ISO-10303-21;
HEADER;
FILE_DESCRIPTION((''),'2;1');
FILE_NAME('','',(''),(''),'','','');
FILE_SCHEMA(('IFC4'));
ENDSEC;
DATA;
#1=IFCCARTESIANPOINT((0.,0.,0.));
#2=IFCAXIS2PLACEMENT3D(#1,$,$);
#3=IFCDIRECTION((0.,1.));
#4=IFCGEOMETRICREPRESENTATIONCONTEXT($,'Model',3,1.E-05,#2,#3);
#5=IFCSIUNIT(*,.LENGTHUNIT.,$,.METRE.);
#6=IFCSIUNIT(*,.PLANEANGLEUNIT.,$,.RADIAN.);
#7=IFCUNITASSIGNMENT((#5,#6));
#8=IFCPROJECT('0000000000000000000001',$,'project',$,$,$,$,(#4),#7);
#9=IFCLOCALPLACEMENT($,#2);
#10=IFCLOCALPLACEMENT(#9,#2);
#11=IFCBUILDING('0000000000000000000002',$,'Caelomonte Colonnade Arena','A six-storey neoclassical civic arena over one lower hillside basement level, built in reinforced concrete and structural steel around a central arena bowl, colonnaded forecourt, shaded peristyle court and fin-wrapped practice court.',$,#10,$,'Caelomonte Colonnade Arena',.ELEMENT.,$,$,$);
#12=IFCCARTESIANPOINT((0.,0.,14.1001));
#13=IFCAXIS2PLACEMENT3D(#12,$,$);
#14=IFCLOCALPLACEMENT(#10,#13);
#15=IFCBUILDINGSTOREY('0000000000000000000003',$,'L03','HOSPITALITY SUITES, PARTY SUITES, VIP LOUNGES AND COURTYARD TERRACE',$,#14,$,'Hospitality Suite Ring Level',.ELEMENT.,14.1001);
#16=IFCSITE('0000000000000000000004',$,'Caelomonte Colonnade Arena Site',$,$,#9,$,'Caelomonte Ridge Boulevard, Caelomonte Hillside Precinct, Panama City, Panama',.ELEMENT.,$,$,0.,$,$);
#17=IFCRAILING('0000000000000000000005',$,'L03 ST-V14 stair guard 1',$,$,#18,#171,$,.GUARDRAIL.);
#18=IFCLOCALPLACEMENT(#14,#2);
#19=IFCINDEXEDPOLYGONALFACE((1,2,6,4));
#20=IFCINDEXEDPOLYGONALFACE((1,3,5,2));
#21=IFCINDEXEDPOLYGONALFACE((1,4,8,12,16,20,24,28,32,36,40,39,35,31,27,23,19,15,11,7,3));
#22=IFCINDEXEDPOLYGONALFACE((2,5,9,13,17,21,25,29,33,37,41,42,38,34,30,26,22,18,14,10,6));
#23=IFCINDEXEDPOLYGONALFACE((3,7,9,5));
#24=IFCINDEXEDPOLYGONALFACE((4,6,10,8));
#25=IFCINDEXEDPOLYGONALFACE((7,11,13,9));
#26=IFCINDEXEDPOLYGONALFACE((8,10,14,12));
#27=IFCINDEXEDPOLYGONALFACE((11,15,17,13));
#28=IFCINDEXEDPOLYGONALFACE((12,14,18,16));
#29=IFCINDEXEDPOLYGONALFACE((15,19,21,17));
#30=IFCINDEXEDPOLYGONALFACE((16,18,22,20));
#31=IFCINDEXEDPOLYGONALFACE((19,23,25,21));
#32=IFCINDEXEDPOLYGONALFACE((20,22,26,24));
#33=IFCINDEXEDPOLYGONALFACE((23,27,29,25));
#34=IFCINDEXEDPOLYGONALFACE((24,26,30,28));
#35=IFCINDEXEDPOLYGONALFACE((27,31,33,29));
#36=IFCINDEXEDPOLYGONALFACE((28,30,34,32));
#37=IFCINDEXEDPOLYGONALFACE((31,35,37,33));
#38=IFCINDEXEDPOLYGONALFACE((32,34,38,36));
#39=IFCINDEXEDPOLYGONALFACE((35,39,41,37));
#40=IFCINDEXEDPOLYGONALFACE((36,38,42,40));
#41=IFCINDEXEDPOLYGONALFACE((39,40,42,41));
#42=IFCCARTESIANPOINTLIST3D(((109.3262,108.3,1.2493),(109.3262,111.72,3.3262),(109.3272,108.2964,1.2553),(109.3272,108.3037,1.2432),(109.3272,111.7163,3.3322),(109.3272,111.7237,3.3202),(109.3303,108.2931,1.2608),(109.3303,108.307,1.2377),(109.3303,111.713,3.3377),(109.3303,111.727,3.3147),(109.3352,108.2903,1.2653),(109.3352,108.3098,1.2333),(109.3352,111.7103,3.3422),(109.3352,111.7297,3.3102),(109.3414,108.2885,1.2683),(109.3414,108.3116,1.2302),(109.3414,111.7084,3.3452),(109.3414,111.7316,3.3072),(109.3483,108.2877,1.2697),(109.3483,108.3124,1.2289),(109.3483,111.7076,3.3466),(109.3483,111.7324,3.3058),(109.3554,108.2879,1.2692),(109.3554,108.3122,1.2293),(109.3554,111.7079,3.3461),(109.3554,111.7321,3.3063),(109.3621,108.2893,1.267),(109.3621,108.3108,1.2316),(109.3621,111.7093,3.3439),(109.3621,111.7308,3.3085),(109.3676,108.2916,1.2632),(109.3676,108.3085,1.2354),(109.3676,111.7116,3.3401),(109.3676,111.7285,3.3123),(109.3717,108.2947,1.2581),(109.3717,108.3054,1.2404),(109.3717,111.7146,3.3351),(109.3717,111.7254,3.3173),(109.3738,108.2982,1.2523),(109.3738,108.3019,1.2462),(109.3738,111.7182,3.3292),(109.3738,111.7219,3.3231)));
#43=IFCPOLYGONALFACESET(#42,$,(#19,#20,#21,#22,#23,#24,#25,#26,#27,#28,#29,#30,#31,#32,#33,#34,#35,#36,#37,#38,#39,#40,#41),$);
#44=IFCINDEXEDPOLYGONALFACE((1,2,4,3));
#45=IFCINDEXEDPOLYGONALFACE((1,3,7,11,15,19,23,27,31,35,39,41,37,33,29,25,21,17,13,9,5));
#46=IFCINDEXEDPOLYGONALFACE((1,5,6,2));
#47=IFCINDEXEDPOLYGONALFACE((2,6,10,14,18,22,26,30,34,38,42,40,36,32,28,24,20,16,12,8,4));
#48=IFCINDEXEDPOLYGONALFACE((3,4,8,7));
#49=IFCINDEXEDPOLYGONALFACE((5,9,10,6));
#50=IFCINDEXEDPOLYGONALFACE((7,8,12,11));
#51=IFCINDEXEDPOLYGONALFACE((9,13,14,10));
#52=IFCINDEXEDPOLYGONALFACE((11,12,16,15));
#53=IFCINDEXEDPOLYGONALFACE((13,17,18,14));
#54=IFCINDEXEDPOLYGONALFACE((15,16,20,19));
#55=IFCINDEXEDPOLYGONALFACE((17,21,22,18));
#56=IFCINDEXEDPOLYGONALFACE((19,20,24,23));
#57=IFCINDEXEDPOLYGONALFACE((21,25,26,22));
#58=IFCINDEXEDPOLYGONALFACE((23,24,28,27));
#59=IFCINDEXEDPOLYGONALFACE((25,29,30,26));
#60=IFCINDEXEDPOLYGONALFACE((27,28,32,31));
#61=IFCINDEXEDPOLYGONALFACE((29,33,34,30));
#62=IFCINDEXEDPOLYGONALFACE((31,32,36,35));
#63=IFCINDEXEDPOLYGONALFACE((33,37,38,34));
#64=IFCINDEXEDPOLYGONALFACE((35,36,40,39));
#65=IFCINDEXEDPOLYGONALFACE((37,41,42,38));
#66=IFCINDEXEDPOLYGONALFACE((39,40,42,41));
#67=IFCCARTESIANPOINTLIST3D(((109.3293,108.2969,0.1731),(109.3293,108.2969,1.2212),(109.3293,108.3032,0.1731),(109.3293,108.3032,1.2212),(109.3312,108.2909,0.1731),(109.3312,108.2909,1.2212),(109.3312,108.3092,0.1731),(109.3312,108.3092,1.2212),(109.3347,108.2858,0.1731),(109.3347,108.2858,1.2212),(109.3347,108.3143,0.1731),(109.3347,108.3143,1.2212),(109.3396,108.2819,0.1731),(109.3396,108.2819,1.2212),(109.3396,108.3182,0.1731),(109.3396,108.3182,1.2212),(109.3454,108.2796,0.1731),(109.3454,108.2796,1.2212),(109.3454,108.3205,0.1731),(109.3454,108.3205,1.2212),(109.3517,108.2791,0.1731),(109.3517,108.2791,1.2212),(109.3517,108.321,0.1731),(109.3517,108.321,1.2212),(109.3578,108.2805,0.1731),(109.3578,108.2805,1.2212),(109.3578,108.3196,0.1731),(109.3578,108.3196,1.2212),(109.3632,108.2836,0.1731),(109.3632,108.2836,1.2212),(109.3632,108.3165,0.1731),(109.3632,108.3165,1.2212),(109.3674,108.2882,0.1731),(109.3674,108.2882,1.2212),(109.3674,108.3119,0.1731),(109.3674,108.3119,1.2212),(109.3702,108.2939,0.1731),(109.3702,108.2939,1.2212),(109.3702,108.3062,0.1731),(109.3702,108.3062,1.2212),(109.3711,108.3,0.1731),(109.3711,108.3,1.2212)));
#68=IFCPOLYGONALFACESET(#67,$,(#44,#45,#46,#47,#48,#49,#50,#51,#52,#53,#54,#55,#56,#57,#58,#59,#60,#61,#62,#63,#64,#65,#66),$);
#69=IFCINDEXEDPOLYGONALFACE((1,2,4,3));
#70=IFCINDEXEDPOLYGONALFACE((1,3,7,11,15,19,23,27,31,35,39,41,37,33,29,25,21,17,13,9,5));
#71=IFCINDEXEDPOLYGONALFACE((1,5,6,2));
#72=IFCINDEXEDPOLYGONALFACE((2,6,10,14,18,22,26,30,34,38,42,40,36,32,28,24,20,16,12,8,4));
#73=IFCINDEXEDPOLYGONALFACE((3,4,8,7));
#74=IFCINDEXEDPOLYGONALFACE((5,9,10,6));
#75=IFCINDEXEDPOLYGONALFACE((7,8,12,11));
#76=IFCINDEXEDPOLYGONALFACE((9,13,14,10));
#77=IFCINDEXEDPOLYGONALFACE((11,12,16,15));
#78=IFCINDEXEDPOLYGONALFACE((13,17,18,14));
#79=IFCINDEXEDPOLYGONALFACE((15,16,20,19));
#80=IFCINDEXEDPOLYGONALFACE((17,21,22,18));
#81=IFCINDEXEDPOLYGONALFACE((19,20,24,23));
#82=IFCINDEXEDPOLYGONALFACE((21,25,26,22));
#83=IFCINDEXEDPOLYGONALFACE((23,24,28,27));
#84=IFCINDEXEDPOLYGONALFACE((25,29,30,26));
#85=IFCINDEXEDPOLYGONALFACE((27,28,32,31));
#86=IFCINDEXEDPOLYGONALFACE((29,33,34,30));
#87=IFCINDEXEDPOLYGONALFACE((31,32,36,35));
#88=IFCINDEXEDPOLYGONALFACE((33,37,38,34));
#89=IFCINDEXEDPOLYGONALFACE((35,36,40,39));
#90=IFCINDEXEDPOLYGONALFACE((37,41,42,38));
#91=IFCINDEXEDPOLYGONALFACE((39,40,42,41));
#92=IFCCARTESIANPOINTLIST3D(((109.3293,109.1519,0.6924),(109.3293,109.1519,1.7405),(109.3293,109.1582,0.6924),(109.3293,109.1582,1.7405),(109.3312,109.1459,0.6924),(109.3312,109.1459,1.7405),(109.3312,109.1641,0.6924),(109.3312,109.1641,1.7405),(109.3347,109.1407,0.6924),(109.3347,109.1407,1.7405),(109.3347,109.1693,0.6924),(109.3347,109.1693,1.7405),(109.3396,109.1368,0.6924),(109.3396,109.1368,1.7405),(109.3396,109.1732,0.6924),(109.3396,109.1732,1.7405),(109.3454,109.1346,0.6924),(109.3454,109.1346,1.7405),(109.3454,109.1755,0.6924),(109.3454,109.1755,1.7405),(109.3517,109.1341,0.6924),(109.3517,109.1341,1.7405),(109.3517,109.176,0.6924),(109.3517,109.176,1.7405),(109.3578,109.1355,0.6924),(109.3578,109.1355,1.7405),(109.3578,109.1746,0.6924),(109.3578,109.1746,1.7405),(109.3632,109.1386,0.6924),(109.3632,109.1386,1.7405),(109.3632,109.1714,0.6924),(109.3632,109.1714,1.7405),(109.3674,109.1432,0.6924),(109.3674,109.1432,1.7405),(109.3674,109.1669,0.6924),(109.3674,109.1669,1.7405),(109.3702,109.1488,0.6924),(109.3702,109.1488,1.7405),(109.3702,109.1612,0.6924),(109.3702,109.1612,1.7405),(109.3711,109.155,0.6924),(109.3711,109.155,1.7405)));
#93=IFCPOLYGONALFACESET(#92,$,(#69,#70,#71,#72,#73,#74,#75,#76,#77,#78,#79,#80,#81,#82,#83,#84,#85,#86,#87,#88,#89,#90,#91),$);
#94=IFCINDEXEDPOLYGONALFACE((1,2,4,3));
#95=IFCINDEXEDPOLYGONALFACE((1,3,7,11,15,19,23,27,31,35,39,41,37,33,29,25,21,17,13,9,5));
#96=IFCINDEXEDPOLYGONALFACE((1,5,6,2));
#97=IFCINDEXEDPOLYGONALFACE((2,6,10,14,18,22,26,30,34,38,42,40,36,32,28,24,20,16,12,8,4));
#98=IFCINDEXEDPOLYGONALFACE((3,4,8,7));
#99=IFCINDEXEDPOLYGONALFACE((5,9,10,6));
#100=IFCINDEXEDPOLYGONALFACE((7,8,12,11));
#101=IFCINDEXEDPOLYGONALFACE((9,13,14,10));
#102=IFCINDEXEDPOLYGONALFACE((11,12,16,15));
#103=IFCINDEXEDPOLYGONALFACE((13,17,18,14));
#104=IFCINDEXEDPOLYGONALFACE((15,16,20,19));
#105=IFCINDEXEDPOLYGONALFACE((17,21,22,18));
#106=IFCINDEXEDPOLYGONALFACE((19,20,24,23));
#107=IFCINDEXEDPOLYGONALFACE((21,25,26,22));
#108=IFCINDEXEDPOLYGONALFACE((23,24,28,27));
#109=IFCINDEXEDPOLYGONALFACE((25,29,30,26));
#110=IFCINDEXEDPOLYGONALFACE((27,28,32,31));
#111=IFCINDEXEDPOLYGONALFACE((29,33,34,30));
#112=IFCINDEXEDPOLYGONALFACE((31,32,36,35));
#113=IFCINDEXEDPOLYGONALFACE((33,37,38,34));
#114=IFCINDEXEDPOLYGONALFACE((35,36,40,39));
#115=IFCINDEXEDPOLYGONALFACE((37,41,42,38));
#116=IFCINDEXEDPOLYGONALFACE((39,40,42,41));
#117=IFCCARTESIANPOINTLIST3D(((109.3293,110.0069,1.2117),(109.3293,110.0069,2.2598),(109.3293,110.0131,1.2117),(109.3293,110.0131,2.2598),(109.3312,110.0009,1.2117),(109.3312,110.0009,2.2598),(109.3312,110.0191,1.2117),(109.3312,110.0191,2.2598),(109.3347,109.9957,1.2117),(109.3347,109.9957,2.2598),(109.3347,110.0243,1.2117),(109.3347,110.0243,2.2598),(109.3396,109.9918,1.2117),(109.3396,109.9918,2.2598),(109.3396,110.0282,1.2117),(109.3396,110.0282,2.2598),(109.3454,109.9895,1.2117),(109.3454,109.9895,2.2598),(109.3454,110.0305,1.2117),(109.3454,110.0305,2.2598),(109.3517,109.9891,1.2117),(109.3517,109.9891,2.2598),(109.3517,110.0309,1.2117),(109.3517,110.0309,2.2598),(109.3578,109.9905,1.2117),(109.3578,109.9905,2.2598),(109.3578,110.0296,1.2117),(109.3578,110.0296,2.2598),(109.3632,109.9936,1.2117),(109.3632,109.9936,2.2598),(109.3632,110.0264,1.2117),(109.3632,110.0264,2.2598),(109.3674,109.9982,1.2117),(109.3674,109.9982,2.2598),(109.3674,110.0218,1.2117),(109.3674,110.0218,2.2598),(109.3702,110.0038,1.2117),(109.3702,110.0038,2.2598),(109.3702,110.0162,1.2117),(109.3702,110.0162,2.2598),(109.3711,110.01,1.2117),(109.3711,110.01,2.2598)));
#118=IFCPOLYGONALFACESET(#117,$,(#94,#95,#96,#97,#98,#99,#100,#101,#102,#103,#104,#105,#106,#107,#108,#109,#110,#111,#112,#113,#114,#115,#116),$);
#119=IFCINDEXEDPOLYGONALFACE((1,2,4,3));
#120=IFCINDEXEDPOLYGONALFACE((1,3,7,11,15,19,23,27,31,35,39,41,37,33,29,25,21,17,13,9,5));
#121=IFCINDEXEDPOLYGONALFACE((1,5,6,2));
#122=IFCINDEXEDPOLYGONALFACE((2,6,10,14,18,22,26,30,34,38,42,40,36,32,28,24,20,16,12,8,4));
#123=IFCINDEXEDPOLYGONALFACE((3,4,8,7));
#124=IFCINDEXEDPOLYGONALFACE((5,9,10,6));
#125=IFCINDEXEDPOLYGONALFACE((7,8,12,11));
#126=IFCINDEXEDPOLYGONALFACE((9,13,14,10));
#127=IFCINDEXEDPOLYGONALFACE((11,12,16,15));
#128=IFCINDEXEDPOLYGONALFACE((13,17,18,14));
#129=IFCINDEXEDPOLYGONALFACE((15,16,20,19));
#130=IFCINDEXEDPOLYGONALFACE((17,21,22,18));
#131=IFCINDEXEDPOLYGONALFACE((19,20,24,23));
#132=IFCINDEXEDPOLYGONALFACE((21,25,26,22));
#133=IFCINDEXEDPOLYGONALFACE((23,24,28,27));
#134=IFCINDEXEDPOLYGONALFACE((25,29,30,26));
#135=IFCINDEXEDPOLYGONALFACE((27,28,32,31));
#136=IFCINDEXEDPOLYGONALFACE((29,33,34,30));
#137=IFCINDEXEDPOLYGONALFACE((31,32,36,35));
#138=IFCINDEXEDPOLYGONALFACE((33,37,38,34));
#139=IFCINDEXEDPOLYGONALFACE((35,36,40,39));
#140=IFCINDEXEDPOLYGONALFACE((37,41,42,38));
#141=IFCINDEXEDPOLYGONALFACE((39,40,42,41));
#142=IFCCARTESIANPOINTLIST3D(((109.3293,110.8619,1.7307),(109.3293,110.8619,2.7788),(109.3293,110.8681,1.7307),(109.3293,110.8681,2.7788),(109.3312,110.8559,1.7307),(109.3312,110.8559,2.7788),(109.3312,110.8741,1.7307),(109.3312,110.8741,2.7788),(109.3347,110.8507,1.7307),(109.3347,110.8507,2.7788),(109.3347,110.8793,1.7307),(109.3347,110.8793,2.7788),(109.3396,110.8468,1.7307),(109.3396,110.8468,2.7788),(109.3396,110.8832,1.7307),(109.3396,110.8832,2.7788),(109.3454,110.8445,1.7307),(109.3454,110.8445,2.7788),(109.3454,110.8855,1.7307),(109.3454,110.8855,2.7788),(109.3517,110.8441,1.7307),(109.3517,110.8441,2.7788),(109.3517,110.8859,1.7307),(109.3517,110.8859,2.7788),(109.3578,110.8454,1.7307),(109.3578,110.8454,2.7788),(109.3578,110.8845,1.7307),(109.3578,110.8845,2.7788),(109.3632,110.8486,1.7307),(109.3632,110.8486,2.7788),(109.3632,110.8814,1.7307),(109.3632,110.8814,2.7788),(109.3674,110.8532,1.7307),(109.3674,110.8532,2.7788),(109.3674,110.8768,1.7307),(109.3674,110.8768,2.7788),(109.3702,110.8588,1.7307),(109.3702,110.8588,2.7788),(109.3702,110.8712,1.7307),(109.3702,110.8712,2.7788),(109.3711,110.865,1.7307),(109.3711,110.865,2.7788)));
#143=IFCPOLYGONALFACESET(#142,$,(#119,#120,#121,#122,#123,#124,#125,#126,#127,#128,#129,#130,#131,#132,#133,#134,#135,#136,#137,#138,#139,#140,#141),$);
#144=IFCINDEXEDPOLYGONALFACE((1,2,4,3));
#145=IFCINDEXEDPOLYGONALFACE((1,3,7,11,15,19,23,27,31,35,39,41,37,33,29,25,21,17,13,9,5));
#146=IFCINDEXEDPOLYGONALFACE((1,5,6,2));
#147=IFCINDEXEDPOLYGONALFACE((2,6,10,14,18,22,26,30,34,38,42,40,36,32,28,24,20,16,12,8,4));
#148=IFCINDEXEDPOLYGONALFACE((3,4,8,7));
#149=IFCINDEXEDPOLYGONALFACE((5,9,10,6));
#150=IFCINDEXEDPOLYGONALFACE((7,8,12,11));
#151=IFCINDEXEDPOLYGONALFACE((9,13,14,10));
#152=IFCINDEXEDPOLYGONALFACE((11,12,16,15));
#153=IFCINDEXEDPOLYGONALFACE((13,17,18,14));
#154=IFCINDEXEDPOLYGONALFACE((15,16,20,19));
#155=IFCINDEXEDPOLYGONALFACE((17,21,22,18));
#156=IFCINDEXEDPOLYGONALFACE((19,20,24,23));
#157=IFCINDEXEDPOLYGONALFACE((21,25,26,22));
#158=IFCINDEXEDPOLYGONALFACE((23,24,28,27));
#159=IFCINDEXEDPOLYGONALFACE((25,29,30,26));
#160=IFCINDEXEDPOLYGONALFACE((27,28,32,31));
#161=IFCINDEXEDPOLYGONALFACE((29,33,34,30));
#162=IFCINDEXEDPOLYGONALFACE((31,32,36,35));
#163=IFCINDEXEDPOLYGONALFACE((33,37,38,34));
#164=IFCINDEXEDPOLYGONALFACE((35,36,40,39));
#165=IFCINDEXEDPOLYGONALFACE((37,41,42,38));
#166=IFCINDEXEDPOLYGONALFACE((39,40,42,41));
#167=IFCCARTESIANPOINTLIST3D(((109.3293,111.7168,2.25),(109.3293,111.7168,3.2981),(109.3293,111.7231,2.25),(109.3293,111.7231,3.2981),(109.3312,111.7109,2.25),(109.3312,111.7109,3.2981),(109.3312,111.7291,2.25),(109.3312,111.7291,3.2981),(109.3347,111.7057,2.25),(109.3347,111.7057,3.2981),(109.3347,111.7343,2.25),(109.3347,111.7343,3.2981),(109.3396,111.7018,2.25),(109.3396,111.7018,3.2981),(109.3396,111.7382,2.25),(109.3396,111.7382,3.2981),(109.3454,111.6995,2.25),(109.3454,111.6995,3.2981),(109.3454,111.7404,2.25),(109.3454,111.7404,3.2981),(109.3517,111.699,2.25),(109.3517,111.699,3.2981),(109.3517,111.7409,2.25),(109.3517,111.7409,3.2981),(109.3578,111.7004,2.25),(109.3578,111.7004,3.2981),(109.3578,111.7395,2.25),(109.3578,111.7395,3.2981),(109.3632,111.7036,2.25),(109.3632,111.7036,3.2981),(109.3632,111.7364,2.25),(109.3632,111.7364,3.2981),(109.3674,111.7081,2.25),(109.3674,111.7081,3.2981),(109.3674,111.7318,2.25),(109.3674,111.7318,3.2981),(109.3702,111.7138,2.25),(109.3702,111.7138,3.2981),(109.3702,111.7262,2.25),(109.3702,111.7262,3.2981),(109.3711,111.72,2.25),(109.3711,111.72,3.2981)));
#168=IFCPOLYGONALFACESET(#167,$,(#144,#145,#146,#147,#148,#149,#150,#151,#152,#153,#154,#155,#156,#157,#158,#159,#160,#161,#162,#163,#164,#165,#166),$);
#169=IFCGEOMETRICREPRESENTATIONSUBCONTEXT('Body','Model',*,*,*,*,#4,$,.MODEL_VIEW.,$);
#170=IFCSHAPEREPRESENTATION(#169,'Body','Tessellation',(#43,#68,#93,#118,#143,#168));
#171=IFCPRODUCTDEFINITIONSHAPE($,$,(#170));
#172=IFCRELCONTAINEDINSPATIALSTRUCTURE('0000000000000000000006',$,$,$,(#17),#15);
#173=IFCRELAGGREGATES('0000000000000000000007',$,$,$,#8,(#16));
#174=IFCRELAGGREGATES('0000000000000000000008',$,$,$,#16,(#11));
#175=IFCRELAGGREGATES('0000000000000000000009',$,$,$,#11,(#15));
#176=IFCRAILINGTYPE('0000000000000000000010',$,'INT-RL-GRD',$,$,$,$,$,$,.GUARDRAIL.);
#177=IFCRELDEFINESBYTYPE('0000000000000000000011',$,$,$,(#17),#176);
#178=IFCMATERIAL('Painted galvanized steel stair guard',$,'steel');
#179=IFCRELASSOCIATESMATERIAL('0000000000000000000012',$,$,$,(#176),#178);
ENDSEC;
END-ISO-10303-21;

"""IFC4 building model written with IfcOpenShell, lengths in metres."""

from ifc_helpers import new_model, si_unit, direction, frame, origin, origin_2d, place, context, subcontext, project, spatial, circle, extrude, material, type_object, element, save


model = new_model("IFC4")

# Units and contexts
model_context = context("Model", 3, precision=1e-05, world=origin(), true_north=direction((0.0, 1.0)))
body_context = subcontext(model_context, "Body", "Model", "MODEL_VIEW")
ifc_project = project(units=[si_unit("LENGTHUNIT", "METRE"), si_unit("PLANEANGLEUNIT", "RADIAN")], contexts=[model_context])

# Site, building, storey
site_placement = place(None, origin())
site = spatial("IfcSite", under=ifc_project, at=site_placement, Name="Caelomonte Colonnade Arena Site", LongName="Caelomonte Ridge Boulevard, Caelomonte Hillside Precinct, Panama City, Panama", CompositionType="ELEMENT", RefElevation=0.0)
building_placement = place(site_placement, origin())
building = spatial("IfcBuilding", under=site, at=building_placement, Name="Caelomonte Colonnade Arena", Description="A six-storey neoclassical civic arena over one lower hillside basement level, built in reinforced concrete and structural steel around a central arena bowl, colonnaded forecourt, shaded peristyle court and fin-wrapped practice court.", LongName="Caelomonte Colonnade Arena", CompositionType="ELEMENT")
storey_placement = place(building_placement, frame((0.0, 0.0, 14.1001)))
storey = spatial("IfcBuildingStorey", under=building, at=storey_placement, Name="L03", Description="HOSPITALITY SUITES, PARTY SUITES, VIP LOUNGES AND COURTYARD TERRACE", LongName="Hospitality Suite Ring Level", CompositionType="ELEMENT", Elevation=14.1001)

# Railing
ifc_material_1 = material(Name="Painted galvanized steel stair guard", Category="steel")
railing_type_1 = type_object("IfcRailingType", Name="INT-RL-GRD", PredefinedType="GUARDRAIL", material=ifc_material_1)
railing_1_placement = place(storey_placement, frame((109.3501, 108.3, 0.1731)))
element("IfcRailing", 1, at=railing_1_placement, inside=storey, type_object=railing_type_1, Name="L03 ST-V14 stair guard 1", PredefinedType="GUARDRAIL", context=body_context, shape_type="SweptSolid", body=[
    extrude(circle(Radius=0.0239, at=origin_2d()), frame((0.0, 0.0, 1.0762), z_axis=(0.0, 0.85473, 0.519074), x_axis=(-1.0, 0.0, 0.0)), (0.0, 0.0, 1.0), 4.0012),
    extrude(circle(Radius=0.021, at=origin_2d()), origin(), (0.0, 0.0, 1.0), 1.0481),
    extrude(circle(Radius=0.021, at=origin_2d()), frame((0.0, 0.855, 0.5193)), (0.0, 0.0, 1.0), 1.0481),
    extrude(circle(Radius=0.021, at=origin_2d()), frame((0.0, 1.71, 1.0386)), (0.0, 0.0, 1.0), 1.0481),
    extrude(circle(Radius=0.021, at=origin_2d()), frame((0.0, 2.5649, 1.5576)), (0.0, 0.0, 1.0), 1.0481),
    extrude(circle(Radius=0.021, at=origin_2d()), frame((0.0, 3.4199, 2.0769)), (0.0, 0.0, 1.0), 1.0481),
])

save(model, "model.ifc")
